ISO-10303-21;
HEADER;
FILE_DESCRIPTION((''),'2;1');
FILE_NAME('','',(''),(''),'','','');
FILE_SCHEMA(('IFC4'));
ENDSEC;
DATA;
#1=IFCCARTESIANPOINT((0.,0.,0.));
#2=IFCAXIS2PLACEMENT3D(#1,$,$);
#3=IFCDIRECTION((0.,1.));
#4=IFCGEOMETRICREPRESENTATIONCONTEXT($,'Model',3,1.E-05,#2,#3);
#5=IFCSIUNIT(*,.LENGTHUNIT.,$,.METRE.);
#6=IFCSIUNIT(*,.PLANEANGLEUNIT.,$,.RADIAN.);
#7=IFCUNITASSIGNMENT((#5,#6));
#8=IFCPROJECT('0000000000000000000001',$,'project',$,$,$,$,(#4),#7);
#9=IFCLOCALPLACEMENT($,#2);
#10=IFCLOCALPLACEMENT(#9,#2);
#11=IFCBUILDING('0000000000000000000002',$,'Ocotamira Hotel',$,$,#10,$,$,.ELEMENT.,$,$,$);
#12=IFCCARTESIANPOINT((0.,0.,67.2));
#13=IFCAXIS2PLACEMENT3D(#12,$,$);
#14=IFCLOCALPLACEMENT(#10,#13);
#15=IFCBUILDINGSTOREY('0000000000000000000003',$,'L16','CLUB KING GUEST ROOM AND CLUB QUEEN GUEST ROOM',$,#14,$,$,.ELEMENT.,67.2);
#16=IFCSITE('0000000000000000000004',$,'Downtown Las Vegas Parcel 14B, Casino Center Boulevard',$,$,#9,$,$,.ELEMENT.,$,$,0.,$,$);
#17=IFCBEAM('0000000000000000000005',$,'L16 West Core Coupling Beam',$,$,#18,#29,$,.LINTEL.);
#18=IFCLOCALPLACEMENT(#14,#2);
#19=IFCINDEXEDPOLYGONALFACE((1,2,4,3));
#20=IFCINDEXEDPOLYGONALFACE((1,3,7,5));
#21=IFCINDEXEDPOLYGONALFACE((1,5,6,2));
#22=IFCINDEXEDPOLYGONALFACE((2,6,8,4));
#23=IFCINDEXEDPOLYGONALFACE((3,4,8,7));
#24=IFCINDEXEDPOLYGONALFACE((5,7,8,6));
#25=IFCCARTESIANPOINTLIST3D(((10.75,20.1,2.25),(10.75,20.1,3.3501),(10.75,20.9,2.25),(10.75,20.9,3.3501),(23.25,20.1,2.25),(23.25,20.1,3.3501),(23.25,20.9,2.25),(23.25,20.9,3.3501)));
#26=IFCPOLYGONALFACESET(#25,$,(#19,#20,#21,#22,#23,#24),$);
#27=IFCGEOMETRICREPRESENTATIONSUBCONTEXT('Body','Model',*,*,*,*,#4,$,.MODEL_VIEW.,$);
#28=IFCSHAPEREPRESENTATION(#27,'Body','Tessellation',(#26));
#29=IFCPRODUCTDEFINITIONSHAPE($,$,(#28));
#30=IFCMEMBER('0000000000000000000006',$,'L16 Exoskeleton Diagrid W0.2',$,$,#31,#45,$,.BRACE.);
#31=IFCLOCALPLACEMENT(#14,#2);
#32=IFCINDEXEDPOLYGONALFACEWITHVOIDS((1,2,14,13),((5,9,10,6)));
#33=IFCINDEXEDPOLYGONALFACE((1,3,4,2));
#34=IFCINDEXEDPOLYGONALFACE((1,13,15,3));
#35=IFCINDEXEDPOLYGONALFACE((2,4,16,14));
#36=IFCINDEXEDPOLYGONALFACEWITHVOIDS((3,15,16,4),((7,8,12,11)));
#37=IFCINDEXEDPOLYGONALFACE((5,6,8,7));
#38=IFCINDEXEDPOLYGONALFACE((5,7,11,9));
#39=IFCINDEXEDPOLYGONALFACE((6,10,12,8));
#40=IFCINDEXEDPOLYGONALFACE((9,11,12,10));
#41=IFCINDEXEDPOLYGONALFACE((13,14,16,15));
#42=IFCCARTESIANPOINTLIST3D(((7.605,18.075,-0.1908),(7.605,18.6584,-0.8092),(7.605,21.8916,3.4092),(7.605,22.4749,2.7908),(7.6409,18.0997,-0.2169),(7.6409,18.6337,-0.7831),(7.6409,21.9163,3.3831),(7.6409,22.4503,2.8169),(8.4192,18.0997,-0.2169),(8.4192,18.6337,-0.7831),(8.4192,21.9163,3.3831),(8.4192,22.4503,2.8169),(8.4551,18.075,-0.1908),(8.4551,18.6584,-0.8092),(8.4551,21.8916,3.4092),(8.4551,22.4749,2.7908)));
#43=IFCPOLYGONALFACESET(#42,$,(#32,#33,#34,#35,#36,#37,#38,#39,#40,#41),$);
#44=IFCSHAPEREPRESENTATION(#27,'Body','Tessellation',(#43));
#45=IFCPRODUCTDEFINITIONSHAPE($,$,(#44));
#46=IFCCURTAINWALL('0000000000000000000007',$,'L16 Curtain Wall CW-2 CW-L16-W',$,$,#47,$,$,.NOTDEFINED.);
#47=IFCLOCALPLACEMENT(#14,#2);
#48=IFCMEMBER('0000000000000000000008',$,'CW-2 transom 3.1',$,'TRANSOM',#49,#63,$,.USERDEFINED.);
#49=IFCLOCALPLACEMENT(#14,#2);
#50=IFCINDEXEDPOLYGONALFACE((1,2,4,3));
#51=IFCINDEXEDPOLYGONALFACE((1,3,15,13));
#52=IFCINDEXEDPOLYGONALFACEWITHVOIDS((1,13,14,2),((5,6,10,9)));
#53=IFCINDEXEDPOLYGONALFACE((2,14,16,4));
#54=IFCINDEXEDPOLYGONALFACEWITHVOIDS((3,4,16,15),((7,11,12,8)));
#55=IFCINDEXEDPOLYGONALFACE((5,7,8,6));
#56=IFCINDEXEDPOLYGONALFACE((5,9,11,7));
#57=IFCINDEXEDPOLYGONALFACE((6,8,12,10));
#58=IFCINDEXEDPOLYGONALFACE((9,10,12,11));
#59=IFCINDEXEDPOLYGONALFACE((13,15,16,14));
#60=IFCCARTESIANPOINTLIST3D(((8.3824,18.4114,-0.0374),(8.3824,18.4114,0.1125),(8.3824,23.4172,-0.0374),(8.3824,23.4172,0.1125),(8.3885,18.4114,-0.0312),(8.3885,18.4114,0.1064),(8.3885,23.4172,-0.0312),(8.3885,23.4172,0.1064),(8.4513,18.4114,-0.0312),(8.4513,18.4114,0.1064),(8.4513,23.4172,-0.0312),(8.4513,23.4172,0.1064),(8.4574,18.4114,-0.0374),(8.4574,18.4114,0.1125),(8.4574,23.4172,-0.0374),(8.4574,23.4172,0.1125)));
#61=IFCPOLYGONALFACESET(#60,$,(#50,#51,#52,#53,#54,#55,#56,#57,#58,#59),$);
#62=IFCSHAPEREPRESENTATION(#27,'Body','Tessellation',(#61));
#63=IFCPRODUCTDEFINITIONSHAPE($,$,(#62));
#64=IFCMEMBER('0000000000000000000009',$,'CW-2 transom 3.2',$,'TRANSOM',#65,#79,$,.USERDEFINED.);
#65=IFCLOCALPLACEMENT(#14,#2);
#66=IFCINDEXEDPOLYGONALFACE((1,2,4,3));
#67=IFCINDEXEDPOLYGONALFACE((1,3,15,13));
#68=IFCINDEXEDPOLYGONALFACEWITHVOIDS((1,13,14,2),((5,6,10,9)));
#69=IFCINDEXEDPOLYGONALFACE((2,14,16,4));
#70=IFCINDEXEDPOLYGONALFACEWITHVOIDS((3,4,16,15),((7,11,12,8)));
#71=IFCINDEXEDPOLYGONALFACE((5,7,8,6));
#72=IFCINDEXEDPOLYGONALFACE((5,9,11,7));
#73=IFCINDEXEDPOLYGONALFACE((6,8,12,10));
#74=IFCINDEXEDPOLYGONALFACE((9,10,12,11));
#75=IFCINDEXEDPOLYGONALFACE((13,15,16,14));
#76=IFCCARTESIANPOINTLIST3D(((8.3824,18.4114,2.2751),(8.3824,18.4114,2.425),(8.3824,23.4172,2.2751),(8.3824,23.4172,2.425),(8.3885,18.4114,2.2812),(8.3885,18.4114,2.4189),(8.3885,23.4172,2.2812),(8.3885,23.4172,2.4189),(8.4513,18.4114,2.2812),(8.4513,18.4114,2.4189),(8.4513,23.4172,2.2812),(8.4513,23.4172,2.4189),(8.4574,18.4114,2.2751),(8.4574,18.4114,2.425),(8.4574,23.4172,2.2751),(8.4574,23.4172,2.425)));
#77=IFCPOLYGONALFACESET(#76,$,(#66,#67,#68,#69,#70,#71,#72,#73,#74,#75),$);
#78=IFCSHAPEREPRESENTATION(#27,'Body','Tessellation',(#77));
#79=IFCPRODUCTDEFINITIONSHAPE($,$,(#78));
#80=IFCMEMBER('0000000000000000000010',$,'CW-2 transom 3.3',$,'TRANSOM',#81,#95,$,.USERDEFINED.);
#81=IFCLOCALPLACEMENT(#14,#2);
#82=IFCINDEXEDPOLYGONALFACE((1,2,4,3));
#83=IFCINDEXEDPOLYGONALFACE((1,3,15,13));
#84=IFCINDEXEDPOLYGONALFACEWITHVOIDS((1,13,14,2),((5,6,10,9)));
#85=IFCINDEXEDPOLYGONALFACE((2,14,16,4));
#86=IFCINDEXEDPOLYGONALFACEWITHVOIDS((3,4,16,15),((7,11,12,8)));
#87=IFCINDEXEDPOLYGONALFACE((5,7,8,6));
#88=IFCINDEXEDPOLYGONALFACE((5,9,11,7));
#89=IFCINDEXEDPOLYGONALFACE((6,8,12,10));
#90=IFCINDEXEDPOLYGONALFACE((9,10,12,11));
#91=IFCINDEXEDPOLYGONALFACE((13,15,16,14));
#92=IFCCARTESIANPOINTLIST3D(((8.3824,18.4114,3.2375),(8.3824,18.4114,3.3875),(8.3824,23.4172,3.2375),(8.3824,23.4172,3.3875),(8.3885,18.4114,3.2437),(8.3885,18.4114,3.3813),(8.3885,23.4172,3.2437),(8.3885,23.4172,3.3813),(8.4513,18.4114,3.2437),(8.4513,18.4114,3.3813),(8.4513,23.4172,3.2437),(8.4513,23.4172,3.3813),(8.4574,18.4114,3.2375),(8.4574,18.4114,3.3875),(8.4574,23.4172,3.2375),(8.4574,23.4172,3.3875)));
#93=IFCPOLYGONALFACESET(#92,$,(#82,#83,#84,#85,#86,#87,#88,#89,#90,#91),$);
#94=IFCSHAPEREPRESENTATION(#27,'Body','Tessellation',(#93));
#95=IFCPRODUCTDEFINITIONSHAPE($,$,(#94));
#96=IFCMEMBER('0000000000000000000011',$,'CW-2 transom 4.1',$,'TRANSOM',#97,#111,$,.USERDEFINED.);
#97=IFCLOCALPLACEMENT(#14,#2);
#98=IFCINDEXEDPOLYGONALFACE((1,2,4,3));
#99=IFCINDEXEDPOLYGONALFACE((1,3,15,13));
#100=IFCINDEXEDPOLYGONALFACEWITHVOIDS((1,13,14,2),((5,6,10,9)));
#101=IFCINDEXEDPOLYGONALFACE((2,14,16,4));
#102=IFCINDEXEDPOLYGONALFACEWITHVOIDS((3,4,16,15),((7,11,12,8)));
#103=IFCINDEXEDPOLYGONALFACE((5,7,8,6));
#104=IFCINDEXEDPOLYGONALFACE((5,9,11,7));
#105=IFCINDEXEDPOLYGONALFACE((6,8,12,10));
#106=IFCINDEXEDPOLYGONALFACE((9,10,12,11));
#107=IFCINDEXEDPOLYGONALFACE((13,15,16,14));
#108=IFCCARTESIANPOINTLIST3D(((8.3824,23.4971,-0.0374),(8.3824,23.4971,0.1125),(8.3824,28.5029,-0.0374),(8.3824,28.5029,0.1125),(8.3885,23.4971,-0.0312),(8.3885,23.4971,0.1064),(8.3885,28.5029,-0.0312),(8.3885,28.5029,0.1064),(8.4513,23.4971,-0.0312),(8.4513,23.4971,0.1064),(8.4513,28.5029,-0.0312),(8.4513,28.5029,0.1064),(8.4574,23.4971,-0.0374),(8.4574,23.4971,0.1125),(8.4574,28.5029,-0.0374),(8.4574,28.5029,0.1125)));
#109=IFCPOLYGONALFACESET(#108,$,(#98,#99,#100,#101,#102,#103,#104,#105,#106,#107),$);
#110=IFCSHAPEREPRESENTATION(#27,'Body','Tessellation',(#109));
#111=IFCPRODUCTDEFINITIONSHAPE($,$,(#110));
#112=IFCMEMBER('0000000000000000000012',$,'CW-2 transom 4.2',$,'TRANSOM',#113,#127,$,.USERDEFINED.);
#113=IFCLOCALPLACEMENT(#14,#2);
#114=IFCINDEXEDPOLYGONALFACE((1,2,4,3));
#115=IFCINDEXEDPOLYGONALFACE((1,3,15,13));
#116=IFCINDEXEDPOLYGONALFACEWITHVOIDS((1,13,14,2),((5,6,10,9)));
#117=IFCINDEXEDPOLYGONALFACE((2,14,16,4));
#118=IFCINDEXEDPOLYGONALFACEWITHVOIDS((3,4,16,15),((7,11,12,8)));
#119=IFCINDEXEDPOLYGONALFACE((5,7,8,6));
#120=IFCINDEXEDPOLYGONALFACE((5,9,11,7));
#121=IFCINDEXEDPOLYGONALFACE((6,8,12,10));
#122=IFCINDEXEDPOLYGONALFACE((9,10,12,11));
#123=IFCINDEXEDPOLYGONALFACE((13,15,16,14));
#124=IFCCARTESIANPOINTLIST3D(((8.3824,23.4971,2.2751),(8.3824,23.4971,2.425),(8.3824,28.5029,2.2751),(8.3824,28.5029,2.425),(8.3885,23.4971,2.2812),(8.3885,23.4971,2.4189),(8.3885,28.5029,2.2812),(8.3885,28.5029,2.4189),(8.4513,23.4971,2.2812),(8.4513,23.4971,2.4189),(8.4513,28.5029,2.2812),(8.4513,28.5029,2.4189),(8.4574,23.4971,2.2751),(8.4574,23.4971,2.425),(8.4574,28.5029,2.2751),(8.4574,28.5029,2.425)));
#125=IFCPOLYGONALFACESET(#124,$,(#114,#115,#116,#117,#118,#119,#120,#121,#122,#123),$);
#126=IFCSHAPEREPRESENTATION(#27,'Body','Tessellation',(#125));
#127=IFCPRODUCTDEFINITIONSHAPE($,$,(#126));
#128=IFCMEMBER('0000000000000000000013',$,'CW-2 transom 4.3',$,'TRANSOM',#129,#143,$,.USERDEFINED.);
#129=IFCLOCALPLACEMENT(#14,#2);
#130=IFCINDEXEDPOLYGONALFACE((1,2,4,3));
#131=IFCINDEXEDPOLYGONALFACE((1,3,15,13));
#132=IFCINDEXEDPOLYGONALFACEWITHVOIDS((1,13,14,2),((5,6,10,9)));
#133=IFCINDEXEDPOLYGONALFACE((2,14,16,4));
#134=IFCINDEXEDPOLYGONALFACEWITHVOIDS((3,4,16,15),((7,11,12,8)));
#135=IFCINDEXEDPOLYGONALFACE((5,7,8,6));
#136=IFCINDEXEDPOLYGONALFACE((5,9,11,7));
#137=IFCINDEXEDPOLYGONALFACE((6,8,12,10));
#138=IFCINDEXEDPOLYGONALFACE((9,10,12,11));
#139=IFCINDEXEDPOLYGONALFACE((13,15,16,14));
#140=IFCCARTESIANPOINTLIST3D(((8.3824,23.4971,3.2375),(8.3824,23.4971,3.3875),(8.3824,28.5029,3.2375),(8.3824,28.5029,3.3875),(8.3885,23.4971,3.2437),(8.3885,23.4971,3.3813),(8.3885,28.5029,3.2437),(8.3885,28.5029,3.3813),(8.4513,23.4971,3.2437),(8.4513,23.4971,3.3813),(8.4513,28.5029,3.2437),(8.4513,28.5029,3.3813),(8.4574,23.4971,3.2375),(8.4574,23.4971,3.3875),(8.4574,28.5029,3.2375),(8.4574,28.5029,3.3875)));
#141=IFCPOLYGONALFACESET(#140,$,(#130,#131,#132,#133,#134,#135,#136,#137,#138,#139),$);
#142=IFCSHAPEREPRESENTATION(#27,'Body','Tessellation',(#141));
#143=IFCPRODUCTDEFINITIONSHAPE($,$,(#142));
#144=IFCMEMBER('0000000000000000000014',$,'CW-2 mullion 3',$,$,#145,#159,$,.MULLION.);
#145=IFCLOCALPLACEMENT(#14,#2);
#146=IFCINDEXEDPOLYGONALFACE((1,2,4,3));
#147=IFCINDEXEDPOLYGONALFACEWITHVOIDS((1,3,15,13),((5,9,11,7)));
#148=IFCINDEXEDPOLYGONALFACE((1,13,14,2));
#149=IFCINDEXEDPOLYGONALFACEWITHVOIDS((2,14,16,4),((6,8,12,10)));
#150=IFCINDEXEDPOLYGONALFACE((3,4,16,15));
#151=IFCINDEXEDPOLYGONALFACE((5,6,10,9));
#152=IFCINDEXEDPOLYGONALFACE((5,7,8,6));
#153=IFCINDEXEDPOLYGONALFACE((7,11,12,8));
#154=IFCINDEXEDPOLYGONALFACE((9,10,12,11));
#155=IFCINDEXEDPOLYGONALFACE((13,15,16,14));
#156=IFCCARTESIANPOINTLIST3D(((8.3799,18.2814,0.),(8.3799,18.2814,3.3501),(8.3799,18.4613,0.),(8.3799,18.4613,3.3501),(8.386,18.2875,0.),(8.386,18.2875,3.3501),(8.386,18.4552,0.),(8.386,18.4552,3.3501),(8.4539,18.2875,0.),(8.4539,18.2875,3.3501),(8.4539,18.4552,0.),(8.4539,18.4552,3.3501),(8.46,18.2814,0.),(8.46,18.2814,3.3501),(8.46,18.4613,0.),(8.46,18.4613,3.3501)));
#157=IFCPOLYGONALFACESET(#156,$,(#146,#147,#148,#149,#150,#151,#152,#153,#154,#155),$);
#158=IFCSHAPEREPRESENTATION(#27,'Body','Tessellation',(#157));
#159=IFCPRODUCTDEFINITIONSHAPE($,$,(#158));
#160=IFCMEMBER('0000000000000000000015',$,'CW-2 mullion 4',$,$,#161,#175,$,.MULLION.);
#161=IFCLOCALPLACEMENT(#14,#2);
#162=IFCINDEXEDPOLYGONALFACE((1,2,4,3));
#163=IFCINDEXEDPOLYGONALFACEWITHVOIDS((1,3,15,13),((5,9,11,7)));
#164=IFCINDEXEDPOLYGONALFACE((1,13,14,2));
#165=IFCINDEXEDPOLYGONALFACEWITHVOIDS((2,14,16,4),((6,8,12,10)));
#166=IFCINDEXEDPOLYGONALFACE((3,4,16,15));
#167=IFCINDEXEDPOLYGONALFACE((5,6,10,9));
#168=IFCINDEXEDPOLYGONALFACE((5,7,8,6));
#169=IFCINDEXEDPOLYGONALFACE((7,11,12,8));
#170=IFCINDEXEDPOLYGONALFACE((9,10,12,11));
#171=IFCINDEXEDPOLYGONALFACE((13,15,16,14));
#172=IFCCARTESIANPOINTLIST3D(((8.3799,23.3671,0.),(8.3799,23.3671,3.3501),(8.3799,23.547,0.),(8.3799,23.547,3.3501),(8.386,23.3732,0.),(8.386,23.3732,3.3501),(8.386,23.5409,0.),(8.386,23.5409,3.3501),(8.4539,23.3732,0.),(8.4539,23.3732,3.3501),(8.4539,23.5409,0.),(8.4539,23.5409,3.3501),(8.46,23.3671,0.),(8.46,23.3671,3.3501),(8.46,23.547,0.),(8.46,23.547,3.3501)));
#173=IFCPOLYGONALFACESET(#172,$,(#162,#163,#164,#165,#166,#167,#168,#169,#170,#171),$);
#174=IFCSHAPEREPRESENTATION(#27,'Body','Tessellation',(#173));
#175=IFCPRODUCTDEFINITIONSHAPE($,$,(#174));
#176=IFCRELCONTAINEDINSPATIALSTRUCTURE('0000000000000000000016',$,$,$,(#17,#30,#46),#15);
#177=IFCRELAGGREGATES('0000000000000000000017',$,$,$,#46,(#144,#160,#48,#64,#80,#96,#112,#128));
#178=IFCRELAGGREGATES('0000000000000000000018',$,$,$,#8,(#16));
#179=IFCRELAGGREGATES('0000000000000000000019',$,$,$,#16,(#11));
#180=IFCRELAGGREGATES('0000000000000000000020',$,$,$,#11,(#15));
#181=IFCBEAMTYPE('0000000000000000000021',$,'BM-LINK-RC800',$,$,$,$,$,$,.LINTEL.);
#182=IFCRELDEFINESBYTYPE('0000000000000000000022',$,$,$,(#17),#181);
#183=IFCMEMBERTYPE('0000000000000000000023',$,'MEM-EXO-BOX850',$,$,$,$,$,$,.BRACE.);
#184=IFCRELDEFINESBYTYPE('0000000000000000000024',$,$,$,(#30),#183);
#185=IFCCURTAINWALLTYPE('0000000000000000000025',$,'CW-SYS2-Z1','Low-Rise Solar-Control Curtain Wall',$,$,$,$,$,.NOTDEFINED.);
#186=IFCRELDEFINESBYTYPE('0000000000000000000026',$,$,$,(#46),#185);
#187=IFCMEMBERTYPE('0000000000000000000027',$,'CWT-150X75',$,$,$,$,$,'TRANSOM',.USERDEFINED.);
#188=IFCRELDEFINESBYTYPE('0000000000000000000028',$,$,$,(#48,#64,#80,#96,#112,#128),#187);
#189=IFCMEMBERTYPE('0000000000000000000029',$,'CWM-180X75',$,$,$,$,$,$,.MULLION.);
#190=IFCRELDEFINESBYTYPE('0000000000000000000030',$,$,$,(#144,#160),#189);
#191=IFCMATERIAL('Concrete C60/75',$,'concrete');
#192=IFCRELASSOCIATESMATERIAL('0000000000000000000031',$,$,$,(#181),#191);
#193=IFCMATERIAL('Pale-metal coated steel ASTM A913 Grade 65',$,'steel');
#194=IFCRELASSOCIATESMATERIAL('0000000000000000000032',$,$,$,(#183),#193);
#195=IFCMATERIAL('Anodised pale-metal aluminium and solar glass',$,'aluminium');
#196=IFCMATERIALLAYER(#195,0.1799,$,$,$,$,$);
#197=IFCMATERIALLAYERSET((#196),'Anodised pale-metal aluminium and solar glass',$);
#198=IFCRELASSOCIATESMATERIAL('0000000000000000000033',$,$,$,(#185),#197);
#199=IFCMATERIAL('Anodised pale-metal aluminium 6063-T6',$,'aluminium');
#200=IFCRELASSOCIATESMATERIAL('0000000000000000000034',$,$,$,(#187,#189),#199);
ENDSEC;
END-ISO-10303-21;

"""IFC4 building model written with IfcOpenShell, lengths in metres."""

from ifc_helpers import new_model, si_unit, direction, frame, origin, origin_2d, place, context, subcontext, project, spatial, rectangle, hollow_rectangle, extrude, source, transform, mapped, material, layer, layer_set, material_profile, profile_set, type_object, element, aggregate, save


model = new_model("IFC4")

# Units and contexts
model_context = context("Model", 3, precision=1e-05, world=origin(), true_north=direction((0.0, 1.0)))
body_context = subcontext(model_context, "Body", "Model", "MODEL_VIEW")
ifc_project = project(units=[si_unit("LENGTHUNIT", "METRE"), si_unit("PLANEANGLEUNIT", "RADIAN")], contexts=[model_context])

# Site, building, storey
site_placement = place(None, origin())
site = spatial("IfcSite", under=ifc_project, at=site_placement, Name="Downtown Las Vegas Parcel 14B, Casino Center Boulevard", CompositionType="ELEMENT", RefElevation=0.0)
building_placement = place(site_placement, origin())
building = spatial("IfcBuilding", under=site, at=building_placement, Name="Ocotamira Hotel", CompositionType="ELEMENT")
storey_placement = place(building_placement, frame((0.0, 0.0, 67.2)))
storey = spatial("IfcBuildingStorey", under=building, at=storey_placement, Name="L16", Description="CLUB KING GUEST ROOM AND CLUB QUEEN GUEST ROOM", CompositionType="ELEMENT", Elevation=67.2)

# Beam
ifc_material_1 = material(Name="Concrete C60/75", Category="concrete")
ifc_material_profile_1 = material_profile(ifc_material_1, rectangle(XDim=0.8, YDim=1.1001, at=origin_2d()), Name="RC800X1100")
ifc_profile_set_1 = profile_set([ifc_material_profile_1], Name="Concrete C60/75")
beam_type = type_object("IfcBeamType", Name="BM-LINK-RC800", PredefinedType="LINTEL", material=ifc_profile_set_1)
shared_shape_1 = source(origin(), body_context, "Body", "SweptSolid", [
    extrude(rectangle(XDim=0.8, YDim=1.1001, at=origin_2d()), origin(), (0.0, 0.0, 1.0), 12.5),
])
beam_placement = place(storey_placement, frame((10.75, 20.5, 2.8), z_axis=(1.0, 0.0, 0.0), x_axis=(0.0, 1.0, 0.0)))
element("IfcBeam", 1, at=beam_placement, inside=storey, type_object=beam_type, Name="L16 West Core Coupling Beam", PredefinedType="LINTEL", context=body_context, shape_type="MappedRepresentation", body=[
    mapped(shared_shape_1, transform((0.0, 0.0, 0.0), scale=1.0)),
])

# Member
ifc_material_2 = material(Name="Pale-metal coated steel ASTM A913 Grade 65", Category="steel")
ifc_material_profile_2 = material_profile(ifc_material_2, hollow_rectangle(XDim=0.8501, YDim=0.8501, WallThickness=0.0359, at=origin_2d()), Name="BOX850X850X36")
ifc_profile_set_2 = profile_set([ifc_material_profile_2], Name="Pale-metal coated steel ASTM A913 Grade 65")
member_type_1 = type_object("IfcMemberType", Name="MEM-EXO-BOX850", PredefinedType="BRACE", material=ifc_profile_set_2)
shared_shape_2 = source(origin(), body_context, "Body", "SweptSolid", [
    extrude(hollow_rectangle(XDim=0.8501, YDim=0.8501, WallThickness=0.0359, at=origin_2d()), origin(), (0.0, 0.0, 1.0), 5.2466),
])
member_1_placement = place(storey_placement, frame((8.03, 18.3667, -0.5), z_axis=(0.0, 0.727443, 0.686168), x_axis=(-1.0, 0.0, 0.0)))
element("IfcMember", 2, at=member_1_placement, inside=storey, type_object=member_type_1, Name="L16 Exoskeleton Diagrid W0.2", PredefinedType="BRACE", context=body_context, shape_type="MappedRepresentation", body=[
    mapped(shared_shape_2, transform((0.0, 0.0, 0.0), scale=1.0)),
])

# Curtain wall, members
ifc_material_3 = material(Name="Anodised pale-metal aluminium and solar glass", Category="aluminium")
ifc_layer_1 = layer(ifc_material_3, 0.1799)
ifc_layer_set_1 = layer_set([ifc_layer_1], Name="Anodised pale-metal aluminium and solar glass")
curtain_wall_type = type_object("IfcCurtainWallType", Name="CW-SYS2-Z1", Description="Low-Rise Solar-Control Curtain Wall", PredefinedType="NOTDEFINED", material=ifc_layer_set_1)
curtain_wall_placement = place(storey_placement, origin())
curtain_wall = element("IfcCurtainWall", 3, at=curtain_wall_placement, inside=storey, type_object=curtain_wall_type, Name="L16 Curtain Wall CW-2 CW-L16-W", PredefinedType="NOTDEFINED")
ifc_material_4 = material(Name="Anodised pale-metal aluminium 6063-T6", Category="aluminium")
ifc_material_profile_3 = material_profile(ifc_material_4, hollow_rectangle(XDim=0.075, YDim=0.1499, WallThickness=0.0061, at=origin_2d()), Name="HSS150X75X6")
ifc_profile_set_3 = profile_set([ifc_material_profile_3], Name="Anodised pale-metal aluminium 6063-T6")
member_type_2 = type_object("IfcMemberType", Name="CWT-150X75", ElementType="TRANSOM", PredefinedType="USERDEFINED", material=ifc_profile_set_3)
shared_shape_3 = source(origin(), body_context, "Body", "SweptSolid", [
    extrude(hollow_rectangle(XDim=0.075, YDim=0.1499, WallThickness=0.0061, at=origin_2d()), origin(), (0.0, 0.0, 1.0), 5.0059),
])
member_2_placement = place(storey_placement, frame((8.4199, 18.4114, 0.0376), z_axis=(0.0, 1.0, 0.0), x_axis=(-1.0, 0.0, 0.0)))
member_2 = element("IfcMember", 4, at=member_2_placement, type_object=member_type_2, Name="CW-2 transom 3.1", ObjectType="TRANSOM", PredefinedType="USERDEFINED", context=body_context, shape_type="MappedRepresentation", body=[
    mapped(shared_shape_3, transform((0.0, 0.0, 0.0), scale=1.0)),
])
member_3_placement = place(storey_placement, frame((8.4199, 18.4114, 2.3501), z_axis=(0.0, 1.0, 0.0), x_axis=(-1.0, 0.0, 0.0)))
member_3 = element("IfcMember", 5, at=member_3_placement, type_object=member_type_2, Name="CW-2 transom 3.2", ObjectType="TRANSOM", PredefinedType="USERDEFINED", context=body_context, shape_type="MappedRepresentation", body=[
    mapped(shared_shape_3, transform((0.0, 0.0, 0.0), scale=1.0)),
])
member_4_placement = place(storey_placement, frame((8.4199, 18.4114, 3.3125), z_axis=(0.0, 1.0, 0.0), x_axis=(-1.0, 0.0, 0.0)))
member_4 = element("IfcMember", 6, at=member_4_placement, type_object=member_type_2, Name="CW-2 transom 3.3", ObjectType="TRANSOM", PredefinedType="USERDEFINED", context=body_context, shape_type="MappedRepresentation", body=[
    mapped(shared_shape_3, transform((0.0, 0.0, 0.0), scale=1.0)),
])
member_5_placement = place(storey_placement, frame((8.4199, 23.4971, 0.0376), z_axis=(0.0, 1.0, 0.0), x_axis=(-1.0, 0.0, 0.0)))
member_5 = element("IfcMember", 7, at=member_5_placement, type_object=member_type_2, Name="CW-2 transom 4.1", ObjectType="TRANSOM", PredefinedType="USERDEFINED", context=body_context, shape_type="MappedRepresentation", body=[
    mapped(shared_shape_3, transform((0.0, 0.0, 0.0), scale=1.0)),
])
member_6_placement = place(storey_placement, frame((8.4199, 23.4971, 2.3501), z_axis=(0.0, 1.0, 0.0), x_axis=(-1.0, 0.0, 0.0)))
member_6 = element("IfcMember", 8, at=member_6_placement, type_object=member_type_2, Name="CW-2 transom 4.2", ObjectType="TRANSOM", PredefinedType="USERDEFINED", context=body_context, shape_type="MappedRepresentation", body=[
    mapped(shared_shape_3, transform((0.0, 0.0, 0.0), scale=1.0)),
])
member_7_placement = place(storey_placement, frame((8.4199, 23.4971, 3.3125), z_axis=(0.0, 1.0, 0.0), x_axis=(-1.0, 0.0, 0.0)))
member_7 = element("IfcMember", 9, at=member_7_placement, type_object=member_type_2, Name="CW-2 transom 4.3", ObjectType="TRANSOM", PredefinedType="USERDEFINED", context=body_context, shape_type="MappedRepresentation", body=[
    mapped(shared_shape_3, transform((0.0, 0.0, 0.0), scale=1.0)),
])
ifc_material_profile_4 = material_profile(ifc_material_4, hollow_rectangle(XDim=0.0801, YDim=0.1799, WallThickness=0.0061, at=origin_2d()), Name="HSS180X80X6")
ifc_profile_set_4 = profile_set([ifc_material_profile_4], Name="Anodised pale-metal aluminium 6063-T6")
member_type_3 = type_object("IfcMemberType", Name="CWM-180X75", PredefinedType="MULLION", material=ifc_profile_set_4)
shared_shape_4 = source(origin(), body_context, "Body", "SweptSolid", [
    extrude(hollow_rectangle(XDim=0.0801, YDim=0.1799, WallThickness=0.0061, at=origin_2d()), origin(), (0.0, 0.0, 1.0), 3.3501),
])
member_8_placement = place(storey_placement, frame((8.4199, 18.3713, 0.0), z_axis=(0.0, 0.0, 1.0), x_axis=(-1.0, 0.0, 0.0)))
member_8 = element("IfcMember", 10, at=member_8_placement, type_object=member_type_3, Name="CW-2 mullion 3", PredefinedType="MULLION", context=body_context, shape_type="MappedRepresentation", body=[
    mapped(shared_shape_4, transform((0.0, 0.0, 0.0), scale=1.0)),
])
member_9_placement = place(storey_placement, frame((8.4199, 23.457, 0.0), z_axis=(0.0, 0.0, 1.0), x_axis=(-1.0, 0.0, 0.0)))
member_9 = element("IfcMember", 11, at=member_9_placement, type_object=member_type_3, Name="CW-2 mullion 4", PredefinedType="MULLION", context=body_context, shape_type="MappedRepresentation", body=[
    mapped(shared_shape_4, transform((0.0, 0.0, 0.0), scale=1.0)),
])

aggregate(curtain_wall, [member_8, member_9, member_2, member_3, member_4, member_5, member_6, member_7])

save(model, "model.ifc")
